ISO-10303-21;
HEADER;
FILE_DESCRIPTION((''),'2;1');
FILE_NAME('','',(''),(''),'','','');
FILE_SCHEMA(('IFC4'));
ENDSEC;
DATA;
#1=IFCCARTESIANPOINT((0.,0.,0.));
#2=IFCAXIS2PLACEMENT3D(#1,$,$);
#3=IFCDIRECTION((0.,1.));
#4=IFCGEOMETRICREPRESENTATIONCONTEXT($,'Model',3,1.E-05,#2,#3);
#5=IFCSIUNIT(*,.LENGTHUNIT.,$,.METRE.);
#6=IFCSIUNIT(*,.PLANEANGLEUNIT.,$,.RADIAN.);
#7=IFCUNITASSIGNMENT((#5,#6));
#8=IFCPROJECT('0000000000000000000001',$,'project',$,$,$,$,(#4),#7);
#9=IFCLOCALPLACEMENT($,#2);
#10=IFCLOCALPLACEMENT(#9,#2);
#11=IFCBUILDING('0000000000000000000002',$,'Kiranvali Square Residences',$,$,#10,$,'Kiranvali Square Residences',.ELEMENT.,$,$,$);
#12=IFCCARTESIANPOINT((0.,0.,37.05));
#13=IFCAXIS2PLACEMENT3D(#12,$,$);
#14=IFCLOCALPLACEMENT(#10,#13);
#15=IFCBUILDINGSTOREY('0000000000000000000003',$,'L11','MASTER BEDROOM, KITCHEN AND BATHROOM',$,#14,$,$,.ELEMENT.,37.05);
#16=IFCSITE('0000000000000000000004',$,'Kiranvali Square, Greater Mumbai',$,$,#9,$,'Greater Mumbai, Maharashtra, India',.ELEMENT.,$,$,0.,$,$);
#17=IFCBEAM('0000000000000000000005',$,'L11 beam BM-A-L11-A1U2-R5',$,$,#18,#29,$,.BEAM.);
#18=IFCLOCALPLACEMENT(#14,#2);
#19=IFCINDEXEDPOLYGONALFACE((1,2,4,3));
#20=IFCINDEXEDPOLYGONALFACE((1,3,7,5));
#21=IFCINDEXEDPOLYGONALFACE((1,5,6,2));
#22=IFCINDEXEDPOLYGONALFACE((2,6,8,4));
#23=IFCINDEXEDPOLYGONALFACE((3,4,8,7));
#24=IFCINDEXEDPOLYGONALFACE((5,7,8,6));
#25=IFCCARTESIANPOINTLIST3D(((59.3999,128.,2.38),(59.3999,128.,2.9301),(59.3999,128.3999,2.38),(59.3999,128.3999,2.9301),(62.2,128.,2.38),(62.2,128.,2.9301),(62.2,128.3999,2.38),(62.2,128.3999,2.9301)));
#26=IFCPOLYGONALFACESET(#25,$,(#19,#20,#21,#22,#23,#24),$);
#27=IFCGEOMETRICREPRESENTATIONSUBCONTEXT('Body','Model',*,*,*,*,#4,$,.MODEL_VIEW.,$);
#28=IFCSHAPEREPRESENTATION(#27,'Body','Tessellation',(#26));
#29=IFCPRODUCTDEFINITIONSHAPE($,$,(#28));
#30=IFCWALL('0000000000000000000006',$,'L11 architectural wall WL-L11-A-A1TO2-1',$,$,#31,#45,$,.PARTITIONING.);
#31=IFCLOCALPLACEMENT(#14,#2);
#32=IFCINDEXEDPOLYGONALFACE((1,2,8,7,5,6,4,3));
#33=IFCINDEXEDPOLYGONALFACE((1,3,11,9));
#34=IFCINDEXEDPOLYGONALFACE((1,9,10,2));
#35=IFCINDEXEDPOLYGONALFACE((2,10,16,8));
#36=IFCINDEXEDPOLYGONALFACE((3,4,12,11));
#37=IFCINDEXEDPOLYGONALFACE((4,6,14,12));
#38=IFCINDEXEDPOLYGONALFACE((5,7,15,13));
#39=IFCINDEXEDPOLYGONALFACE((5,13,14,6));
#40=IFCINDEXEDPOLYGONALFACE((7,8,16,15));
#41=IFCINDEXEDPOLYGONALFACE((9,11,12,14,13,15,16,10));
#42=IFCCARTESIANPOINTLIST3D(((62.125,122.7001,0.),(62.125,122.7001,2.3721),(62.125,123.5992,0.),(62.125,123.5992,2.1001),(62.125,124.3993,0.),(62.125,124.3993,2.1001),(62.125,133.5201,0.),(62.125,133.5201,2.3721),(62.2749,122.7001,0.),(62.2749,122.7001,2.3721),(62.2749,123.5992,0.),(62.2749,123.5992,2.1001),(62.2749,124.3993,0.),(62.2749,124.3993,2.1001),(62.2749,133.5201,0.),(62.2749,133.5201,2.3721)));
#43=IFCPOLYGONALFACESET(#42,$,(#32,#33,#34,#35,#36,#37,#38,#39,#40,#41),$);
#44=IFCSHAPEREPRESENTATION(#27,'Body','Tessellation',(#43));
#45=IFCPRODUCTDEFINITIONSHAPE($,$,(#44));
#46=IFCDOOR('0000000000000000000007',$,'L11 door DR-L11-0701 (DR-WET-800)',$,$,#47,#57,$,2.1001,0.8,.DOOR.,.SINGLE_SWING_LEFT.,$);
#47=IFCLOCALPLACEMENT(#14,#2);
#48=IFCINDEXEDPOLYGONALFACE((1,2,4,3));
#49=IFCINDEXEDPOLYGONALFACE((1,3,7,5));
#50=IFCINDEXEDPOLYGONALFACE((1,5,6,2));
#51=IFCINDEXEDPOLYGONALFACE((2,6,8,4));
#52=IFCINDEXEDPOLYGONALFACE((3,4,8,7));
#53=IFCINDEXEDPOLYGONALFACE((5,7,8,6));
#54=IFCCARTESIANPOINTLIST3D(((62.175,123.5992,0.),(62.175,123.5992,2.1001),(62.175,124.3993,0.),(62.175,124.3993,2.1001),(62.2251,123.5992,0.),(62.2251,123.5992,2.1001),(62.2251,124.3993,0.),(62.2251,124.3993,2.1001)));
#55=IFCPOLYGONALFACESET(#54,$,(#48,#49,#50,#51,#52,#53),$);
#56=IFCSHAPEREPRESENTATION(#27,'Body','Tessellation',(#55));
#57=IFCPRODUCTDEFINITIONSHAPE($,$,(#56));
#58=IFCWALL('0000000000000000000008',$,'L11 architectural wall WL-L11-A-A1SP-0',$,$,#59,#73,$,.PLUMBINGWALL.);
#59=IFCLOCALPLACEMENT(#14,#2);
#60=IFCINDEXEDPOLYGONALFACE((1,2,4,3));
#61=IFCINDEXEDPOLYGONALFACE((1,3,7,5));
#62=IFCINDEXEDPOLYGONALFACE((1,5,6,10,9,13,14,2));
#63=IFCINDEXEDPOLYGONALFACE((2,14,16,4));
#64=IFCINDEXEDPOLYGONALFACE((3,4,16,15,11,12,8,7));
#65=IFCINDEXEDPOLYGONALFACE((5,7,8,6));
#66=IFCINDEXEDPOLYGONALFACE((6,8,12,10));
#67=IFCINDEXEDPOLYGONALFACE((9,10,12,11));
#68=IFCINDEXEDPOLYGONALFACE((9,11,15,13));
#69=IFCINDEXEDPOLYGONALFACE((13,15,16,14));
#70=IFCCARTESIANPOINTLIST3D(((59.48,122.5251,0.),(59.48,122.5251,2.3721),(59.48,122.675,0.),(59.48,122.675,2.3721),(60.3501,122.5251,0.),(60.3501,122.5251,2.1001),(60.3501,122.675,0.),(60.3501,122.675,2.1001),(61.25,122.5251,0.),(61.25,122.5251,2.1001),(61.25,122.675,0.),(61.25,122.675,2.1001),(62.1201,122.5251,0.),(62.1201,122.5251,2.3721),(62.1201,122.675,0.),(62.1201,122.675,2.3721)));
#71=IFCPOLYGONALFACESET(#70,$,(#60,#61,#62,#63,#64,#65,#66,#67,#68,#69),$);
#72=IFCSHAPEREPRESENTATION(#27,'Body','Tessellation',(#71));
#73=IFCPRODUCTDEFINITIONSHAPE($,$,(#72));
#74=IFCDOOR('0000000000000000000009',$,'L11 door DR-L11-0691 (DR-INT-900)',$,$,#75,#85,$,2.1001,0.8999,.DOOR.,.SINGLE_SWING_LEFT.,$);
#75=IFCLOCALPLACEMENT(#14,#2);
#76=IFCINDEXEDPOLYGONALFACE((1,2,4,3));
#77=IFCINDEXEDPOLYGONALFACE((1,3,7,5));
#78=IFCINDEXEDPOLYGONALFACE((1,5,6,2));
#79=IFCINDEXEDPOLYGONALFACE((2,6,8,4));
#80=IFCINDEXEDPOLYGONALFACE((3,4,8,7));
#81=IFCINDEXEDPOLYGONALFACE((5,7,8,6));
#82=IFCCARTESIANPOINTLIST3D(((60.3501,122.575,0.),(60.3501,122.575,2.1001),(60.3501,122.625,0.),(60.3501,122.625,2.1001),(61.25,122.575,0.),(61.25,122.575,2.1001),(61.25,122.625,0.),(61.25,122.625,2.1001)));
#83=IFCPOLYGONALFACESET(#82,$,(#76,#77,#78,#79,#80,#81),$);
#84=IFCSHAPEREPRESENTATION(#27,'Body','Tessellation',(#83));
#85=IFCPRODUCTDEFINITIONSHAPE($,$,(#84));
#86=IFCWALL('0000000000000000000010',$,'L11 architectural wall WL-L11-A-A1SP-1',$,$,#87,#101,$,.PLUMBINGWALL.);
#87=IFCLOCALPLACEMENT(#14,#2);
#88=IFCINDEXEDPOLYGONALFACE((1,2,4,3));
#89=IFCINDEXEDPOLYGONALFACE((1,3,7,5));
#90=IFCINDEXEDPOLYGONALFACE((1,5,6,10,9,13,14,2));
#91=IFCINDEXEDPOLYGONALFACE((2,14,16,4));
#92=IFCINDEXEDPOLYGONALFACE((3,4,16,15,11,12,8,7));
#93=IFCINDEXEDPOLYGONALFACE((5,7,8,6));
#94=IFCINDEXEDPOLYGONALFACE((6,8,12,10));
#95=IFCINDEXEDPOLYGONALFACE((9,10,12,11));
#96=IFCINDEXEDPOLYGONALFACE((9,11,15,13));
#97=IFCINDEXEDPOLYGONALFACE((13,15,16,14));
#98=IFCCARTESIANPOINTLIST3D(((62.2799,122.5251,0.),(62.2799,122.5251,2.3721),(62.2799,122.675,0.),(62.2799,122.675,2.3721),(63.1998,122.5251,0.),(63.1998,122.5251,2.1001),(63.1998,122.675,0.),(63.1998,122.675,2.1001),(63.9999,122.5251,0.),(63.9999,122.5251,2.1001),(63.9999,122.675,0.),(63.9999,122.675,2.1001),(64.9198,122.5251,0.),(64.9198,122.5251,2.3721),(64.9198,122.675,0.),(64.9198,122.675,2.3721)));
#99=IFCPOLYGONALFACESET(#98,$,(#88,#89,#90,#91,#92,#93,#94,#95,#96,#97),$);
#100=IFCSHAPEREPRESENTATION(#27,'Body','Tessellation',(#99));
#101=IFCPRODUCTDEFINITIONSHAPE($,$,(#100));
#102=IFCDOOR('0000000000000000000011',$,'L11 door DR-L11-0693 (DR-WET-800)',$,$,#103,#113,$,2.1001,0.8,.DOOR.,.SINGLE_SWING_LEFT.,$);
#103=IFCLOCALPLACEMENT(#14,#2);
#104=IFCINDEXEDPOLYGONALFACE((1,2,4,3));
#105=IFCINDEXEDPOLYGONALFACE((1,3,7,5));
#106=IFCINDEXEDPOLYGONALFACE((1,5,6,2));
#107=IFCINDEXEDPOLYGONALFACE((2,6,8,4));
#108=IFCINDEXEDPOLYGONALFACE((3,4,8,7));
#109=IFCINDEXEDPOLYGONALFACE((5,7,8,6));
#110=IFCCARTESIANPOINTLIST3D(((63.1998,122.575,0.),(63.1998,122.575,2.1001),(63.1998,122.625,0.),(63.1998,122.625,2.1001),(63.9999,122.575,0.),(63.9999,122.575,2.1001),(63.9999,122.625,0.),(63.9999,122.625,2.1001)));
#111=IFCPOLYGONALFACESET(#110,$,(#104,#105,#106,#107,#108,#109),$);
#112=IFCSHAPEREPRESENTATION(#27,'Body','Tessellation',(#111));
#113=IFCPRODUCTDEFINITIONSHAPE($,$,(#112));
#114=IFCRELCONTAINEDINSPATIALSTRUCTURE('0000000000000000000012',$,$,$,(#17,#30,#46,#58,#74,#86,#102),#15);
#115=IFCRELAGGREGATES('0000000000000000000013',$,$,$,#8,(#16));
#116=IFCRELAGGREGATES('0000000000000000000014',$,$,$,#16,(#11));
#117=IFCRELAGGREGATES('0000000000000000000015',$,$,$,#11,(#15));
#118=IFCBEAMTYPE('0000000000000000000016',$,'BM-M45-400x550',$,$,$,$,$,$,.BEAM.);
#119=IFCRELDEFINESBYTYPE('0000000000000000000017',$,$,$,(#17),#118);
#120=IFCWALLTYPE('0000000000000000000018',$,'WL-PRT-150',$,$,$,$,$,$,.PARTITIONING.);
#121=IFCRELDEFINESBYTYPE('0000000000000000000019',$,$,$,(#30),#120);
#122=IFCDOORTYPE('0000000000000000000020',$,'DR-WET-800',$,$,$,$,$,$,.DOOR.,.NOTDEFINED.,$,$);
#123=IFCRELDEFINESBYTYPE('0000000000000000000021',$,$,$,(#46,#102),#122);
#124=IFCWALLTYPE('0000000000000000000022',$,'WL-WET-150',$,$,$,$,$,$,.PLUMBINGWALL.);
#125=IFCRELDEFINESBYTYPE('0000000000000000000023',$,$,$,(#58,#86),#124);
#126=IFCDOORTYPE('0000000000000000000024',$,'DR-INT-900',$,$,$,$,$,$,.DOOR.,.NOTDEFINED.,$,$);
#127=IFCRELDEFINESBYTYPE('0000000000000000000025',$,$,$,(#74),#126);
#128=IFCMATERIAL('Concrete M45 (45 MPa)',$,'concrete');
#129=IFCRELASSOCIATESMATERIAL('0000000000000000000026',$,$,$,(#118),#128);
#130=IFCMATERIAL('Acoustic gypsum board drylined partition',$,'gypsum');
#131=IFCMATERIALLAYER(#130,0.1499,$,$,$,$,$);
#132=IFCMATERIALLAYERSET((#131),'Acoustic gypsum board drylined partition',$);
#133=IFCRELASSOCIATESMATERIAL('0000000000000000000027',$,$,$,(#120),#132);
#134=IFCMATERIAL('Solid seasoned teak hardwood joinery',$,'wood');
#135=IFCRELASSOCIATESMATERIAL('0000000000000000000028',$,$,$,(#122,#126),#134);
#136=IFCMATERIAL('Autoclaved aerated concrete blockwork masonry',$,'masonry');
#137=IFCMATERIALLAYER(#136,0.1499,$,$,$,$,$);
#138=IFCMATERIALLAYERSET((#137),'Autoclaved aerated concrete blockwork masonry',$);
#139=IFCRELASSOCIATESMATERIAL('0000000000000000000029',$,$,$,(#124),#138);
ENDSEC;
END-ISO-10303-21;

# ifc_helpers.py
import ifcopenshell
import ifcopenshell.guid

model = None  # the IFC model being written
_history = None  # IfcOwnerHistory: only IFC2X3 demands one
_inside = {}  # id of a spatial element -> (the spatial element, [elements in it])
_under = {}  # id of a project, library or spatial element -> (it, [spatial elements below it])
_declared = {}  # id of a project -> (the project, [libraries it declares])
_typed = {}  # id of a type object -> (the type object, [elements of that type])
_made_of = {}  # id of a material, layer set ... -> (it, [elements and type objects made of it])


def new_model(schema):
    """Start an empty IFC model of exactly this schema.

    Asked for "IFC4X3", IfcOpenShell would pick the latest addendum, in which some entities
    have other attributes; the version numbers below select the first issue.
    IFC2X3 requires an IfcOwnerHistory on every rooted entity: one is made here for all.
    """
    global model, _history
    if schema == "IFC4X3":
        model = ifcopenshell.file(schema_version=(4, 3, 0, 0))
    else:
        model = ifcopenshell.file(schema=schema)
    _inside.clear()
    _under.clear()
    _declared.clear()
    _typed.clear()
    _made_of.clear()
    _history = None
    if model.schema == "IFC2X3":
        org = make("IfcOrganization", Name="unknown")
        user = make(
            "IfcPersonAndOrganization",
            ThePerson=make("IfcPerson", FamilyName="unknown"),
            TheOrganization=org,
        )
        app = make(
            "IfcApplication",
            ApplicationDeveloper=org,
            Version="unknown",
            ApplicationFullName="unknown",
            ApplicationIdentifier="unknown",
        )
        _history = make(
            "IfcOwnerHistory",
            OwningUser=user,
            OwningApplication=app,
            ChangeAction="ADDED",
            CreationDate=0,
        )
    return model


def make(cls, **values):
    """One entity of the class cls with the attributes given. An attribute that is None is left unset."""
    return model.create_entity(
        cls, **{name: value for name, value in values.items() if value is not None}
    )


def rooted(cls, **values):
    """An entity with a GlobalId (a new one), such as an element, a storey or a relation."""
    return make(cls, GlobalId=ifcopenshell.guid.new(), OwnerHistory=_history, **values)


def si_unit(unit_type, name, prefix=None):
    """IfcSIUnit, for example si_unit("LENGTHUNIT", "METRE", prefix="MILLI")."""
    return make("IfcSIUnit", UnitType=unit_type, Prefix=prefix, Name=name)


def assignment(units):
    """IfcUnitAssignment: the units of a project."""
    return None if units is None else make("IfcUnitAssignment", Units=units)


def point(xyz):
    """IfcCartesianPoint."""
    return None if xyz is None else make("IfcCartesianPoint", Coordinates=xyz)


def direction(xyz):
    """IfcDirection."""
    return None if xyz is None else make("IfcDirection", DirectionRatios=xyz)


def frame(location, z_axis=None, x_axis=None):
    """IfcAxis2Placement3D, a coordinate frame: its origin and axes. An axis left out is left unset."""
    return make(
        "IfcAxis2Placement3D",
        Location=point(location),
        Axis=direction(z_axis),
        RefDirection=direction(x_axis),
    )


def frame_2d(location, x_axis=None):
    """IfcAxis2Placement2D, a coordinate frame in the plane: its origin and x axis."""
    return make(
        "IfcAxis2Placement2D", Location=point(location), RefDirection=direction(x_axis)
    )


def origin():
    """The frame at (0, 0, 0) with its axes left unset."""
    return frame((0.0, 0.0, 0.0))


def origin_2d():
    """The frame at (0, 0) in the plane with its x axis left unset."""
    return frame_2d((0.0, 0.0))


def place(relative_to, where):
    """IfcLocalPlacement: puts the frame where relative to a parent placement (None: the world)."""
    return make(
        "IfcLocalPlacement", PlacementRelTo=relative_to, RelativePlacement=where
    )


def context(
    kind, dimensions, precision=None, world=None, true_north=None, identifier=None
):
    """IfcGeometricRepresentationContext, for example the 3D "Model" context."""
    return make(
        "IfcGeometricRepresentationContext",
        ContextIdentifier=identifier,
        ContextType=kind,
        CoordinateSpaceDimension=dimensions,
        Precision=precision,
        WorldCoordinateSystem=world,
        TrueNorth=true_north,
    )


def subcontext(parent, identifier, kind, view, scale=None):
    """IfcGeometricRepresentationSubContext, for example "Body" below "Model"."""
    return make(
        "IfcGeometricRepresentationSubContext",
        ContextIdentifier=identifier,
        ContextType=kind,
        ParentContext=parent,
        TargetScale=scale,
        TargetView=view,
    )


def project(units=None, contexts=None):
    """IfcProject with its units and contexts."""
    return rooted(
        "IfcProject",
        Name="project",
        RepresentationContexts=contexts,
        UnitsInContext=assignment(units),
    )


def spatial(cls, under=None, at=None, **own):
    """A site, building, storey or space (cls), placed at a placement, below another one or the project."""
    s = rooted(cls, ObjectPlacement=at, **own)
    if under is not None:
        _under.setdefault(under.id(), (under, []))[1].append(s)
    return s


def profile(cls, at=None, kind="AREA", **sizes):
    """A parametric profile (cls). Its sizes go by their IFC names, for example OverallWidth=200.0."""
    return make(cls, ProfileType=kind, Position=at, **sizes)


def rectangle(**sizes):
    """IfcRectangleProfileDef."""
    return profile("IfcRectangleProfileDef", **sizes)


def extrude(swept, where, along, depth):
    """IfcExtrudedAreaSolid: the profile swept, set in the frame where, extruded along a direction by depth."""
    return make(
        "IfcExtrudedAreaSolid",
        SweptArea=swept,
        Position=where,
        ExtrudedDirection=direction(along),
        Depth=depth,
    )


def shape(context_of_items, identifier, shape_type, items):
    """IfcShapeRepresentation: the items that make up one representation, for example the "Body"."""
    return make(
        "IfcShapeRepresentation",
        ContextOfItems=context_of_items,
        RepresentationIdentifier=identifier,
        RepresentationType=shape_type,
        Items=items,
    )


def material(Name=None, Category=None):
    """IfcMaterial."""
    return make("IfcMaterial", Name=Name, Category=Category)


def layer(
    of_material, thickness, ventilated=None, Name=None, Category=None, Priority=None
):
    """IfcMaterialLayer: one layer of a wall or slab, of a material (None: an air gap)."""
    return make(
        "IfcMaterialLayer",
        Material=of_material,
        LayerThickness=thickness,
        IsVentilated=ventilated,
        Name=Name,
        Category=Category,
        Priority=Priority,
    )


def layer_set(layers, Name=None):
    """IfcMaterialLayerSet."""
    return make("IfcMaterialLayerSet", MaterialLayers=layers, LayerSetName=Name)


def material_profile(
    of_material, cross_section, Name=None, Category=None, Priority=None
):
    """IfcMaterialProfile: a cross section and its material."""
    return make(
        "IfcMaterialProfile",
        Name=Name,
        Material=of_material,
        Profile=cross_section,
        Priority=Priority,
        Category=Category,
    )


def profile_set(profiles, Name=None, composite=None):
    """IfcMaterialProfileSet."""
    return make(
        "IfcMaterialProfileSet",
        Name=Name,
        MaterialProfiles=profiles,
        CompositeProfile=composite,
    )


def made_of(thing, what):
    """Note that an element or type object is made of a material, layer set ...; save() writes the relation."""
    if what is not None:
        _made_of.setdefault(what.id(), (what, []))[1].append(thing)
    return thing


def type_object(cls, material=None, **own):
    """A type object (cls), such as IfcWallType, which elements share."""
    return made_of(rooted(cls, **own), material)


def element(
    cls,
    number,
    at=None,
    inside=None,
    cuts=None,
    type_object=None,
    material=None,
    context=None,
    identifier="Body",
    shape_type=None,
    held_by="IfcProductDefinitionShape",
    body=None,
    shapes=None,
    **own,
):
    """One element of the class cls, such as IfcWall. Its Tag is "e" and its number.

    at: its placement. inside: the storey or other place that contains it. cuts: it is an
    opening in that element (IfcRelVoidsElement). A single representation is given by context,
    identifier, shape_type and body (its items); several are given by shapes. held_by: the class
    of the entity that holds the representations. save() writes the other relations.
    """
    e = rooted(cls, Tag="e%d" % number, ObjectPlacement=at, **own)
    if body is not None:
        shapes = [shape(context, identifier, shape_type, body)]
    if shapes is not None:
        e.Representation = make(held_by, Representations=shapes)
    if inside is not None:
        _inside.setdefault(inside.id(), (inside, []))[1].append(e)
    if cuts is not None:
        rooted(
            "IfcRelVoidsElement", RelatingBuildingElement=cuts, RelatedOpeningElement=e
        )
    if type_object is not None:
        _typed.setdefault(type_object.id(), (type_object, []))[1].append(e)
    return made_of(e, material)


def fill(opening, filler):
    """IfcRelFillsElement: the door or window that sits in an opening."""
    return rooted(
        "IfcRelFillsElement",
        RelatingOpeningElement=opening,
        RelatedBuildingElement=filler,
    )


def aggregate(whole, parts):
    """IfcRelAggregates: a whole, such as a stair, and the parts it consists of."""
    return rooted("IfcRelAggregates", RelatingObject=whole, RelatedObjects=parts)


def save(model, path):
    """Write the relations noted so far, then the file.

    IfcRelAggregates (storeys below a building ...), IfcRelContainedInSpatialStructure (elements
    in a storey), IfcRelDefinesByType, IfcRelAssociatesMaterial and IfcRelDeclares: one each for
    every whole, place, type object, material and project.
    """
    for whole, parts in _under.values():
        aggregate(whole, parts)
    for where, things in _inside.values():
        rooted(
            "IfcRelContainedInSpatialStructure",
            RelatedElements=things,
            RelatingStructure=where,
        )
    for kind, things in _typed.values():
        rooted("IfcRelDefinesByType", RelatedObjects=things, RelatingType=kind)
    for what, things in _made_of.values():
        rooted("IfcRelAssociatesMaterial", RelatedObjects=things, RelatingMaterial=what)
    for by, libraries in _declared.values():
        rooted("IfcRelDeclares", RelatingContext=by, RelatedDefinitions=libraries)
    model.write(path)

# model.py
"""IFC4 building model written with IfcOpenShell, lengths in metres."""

from ifc_helpers import new_model, si_unit, direction, frame, frame_2d, origin, origin_2d, place, context, subcontext, project, spatial, rectangle, extrude, material, layer, layer_set, material_profile, profile_set, type_object, element, fill, save


model = new_model("IFC4")

# Units and contexts
model_context = context("Model", 3, precision=1e-05, world=origin(), true_north=direction((0.0, 1.0)))
body_context = subcontext(model_context, "Body", "Model", "MODEL_VIEW")
ifc_project = project(units=[si_unit("LENGTHUNIT", "METRE"), si_unit("PLANEANGLEUNIT", "RADIAN")], contexts=[model_context])

# Site, building, storey
site_placement = place(None, origin())
site = spatial("IfcSite", under=ifc_project, at=site_placement, Name="Kiranvali Square, Greater Mumbai", LongName="Greater Mumbai, Maharashtra, India", CompositionType="ELEMENT", RefElevation=0.0)
building_placement = place(site_placement, origin())
building = spatial("IfcBuilding", under=site, at=building_placement, Name="Kiranvali Square Residences", LongName="Kiranvali Square Residences", CompositionType="ELEMENT")
storey_placement = place(building_placement, frame((0.0, 0.0, 37.05)))
storey = spatial("IfcBuildingStorey", under=building, at=storey_placement, Name="L11", Description="MASTER BEDROOM, KITCHEN AND BATHROOM", CompositionType="ELEMENT", Elevation=37.05)

# Beam
ifc_material_1 = material(Name="Concrete M45 (45 MPa)", Category="concrete")
ifc_material_profile_1 = material_profile(ifc_material_1, rectangle(XDim=0.3999, YDim=0.55, at=origin_2d()), Name="RC 400x550")
ifc_profile_set_1 = profile_set([ifc_material_profile_1], Name="Concrete M45 (45 MPa)")
beam_type_1 = type_object("IfcBeamType", Name="BM-M45-400x550", PredefinedType="BEAM", material=ifc_profile_set_1)
for number, where, z_axis, x_axis, name in (
    (1, (59.3999, 128.2, 2.655), (1.0, 0.0, 0.0), (0.0, 1.0, 0.0), "L11 beam BM-A-L11-A1U2-R5"),
):
    element("IfcBeam", number, at=place(storey_placement, frame(where, z_axis=z_axis, x_axis=x_axis)), inside=storey, type_object=beam_type_1, Name=name, PredefinedType="BEAM", context=body_context, shape_type="SweptSolid", body=[
        extrude(rectangle(XDim=0.3999, YDim=0.55, at=origin_2d()), origin(), (0.0, 0.0, 1.0), 2.8),
    ])

# Walls, openings, doors
ifc_material_2 = material(Name="Acoustic gypsum board drylined partition", Category="gypsum")
ifc_layer_1 = layer(ifc_material_2, 0.1499)
ifc_layer_set_1 = layer_set([ifc_layer_1], Name="Acoustic gypsum board drylined partition")
wall_type_1 = type_object("IfcWallType", Name="WL-PRT-150", PredefinedType="PARTITIONING", material=ifc_layer_set_1)
wall_1_placement = place(storey_placement, frame((62.2, 122.7, 0.0), z_axis=(0.0, 0.0, 1.0), x_axis=(0.0, 1.0, 0.0)))
wall_1 = element("IfcWall", 2, at=wall_1_placement, inside=storey, type_object=wall_type_1, Name="L11 architectural wall WL-L11-A-A1TO2-1", PredefinedType="PARTITIONING", context=body_context, shape_type="SweptSolid", body=[
    extrude(rectangle(XDim=10.8201, YDim=0.1499, at=frame_2d((5.4102, 0.0))), origin(), (0.0, 0.0, 1.0), 2.3721),
])
opening_1_placement = place(wall_1_placement, frame((0.8994, 0.0, 0.0)))
opening_1 = element("IfcOpeningElement", 3, at=opening_1_placement, cuts=wall_1, PredefinedType="OPENING", context=body_context, shape_type="SweptSolid", body=[
    extrude(rectangle(XDim=0.8, YDim=2.1001, at=frame_2d((0.3999, 1.05))), frame((0.0, 0.085, 0.0), z_axis=(0.0, -1.0, 0.0), x_axis=(1.0, 0.0, 0.0)), (0.0, 0.0, 1.0), 0.1699),
])
ifc_material_3 = material(Name="Solid seasoned teak hardwood joinery", Category="wood")
door_type_1 = type_object("IfcDoorType", Name="DR-WET-800", OperationType="NOTDEFINED", PredefinedType="DOOR", material=ifc_material_3)
door_1_placement = place(opening_1_placement, origin())
door_1 = element("IfcDoor", 4, at=door_1_placement, inside=storey, type_object=door_type_1, Name="L11 door DR-L11-0701 (DR-WET-800)", OperationType="SINGLE_SWING_LEFT", OverallHeight=2.1001, OverallWidth=0.8, PredefinedType="DOOR", context=body_context, shape_type="SweptSolid", body=[
    extrude(rectangle(XDim=0.8, YDim=2.1001, at=frame_2d((0.3999, 1.05))), frame((0.0, 0.0249, 0.0), z_axis=(0.0, -1.0, 0.0), x_axis=(1.0, 0.0, 0.0)), (0.0, 0.0, 1.0), 0.05),
])
fill(opening_1, door_1)
ifc_material_4 = material(Name="Autoclaved aerated concrete blockwork masonry", Category="masonry")
ifc_layer_2 = layer(ifc_material_4, 0.1499)
ifc_layer_set_2 = layer_set([ifc_layer_2], Name="Autoclaved aerated concrete blockwork masonry")
wall_type_2 = type_object("IfcWallType", Name="WL-WET-150", PredefinedType="PLUMBINGWALL", material=ifc_layer_set_2)
wall_2_placement = place(storey_placement, frame((59.48, 122.6001, 0.0), z_axis=(0.0, 0.0, 1.0), x_axis=(1.0, 0.0, 0.0)))
wall_2 = element("IfcWall", 5, at=wall_2_placement, inside=storey, type_object=wall_type_2, Name="L11 architectural wall WL-L11-A-A1SP-0", PredefinedType="PLUMBINGWALL", context=body_context, shape_type="SweptSolid", body=[
    extrude(rectangle(XDim=2.6401, YDim=0.1499, at=frame_2d((1.3201, 0.0))), origin(), (0.0, 0.0, 1.0), 2.3721),
])
opening_2_placement = place(wall_2_placement, frame((0.8701, 0.0, 0.0)))
opening_2 = element("IfcOpeningElement", 6, at=opening_2_placement, cuts=wall_2, PredefinedType="OPENING", context=body_context, shape_type="SweptSolid", body=[
    extrude(rectangle(XDim=0.8999, YDim=2.1001, at=frame_2d((0.45, 1.05))), frame((0.0, 0.085, 0.0), z_axis=(0.0, -1.0, 0.0), x_axis=(1.0, 0.0, 0.0)), (0.0, 0.0, 1.0), 0.1699),
])
door_type_2 = type_object("IfcDoorType", Name="DR-INT-900", OperationType="NOTDEFINED", PredefinedType="DOOR", material=ifc_material_3)
door_2_placement = place(opening_2_placement, origin())
door_2 = element("IfcDoor", 7, at=door_2_placement, inside=storey, type_object=door_type_2, Name="L11 door DR-L11-0691 (DR-INT-900)", OperationType="SINGLE_SWING_LEFT", OverallHeight=2.1001, OverallWidth=0.8999, PredefinedType="DOOR", context=body_context, shape_type="SweptSolid", body=[
    extrude(rectangle(XDim=0.8999, YDim=2.1001, at=frame_2d((0.45, 1.05))), frame((0.0, 0.0249, 0.0), z_axis=(0.0, -1.0, 0.0), x_axis=(1.0, 0.0, 0.0)), (0.0, 0.0, 1.0), 0.05),
])
fill(opening_2, door_2)
wall_3_placement = place(storey_placement, frame((62.28, 122.6001, 0.0), z_axis=(0.0, 0.0, 1.0), x_axis=(1.0, 0.0, 0.0)))
wall_3 = element("IfcWall", 8, at=wall_3_placement, inside=storey, type_object=wall_type_2, Name="L11 architectural wall WL-L11-A-A1SP-1", PredefinedType="PLUMBINGWALL", context=body_context, shape_type="SweptSolid", body=[
    extrude(rectangle(XDim=2.6399, YDim=0.1499, at=frame_2d((1.3198, 0.0))), origin(), (0.0, 0.0, 1.0), 2.3721),
])
opening_3_placement = place(wall_3_placement, frame((0.9199, 0.0, 0.0)))
opening_3 = element("IfcOpeningElement", 9, at=opening_3_placement, cuts=wall_3, PredefinedType="OPENING", context=body_context, shape_type="SweptSolid", body=[
    extrude(rectangle(XDim=0.8, YDim=2.1001, at=frame_2d((0.3999, 1.05))), frame((0.0, 0.085, 0.0), z_axis=(0.0, -1.0, 0.0), x_axis=(1.0, 0.0, 0.0)), (0.0, 0.0, 1.0), 0.1699),
])
door_3_placement = place(opening_3_placement, origin())
door_3 = element("IfcDoor", 10, at=door_3_placement, inside=storey, type_object=door_type_1, Name="L11 door DR-L11-0693 (DR-WET-800)", OperationType="SINGLE_SWING_LEFT", OverallHeight=2.1001, OverallWidth=0.8, PredefinedType="DOOR", context=body_context, shape_type="SweptSolid", body=[
    extrude(rectangle(XDim=0.8, YDim=2.1001, at=frame_2d((0.3999, 1.05))), frame((0.0, 0.0249, 0.0), z_axis=(0.0, -1.0, 0.0), x_axis=(1.0, 0.0, 0.0)), (0.0, 0.0, 1.0), 0.05),
])
fill(opening_3, door_3)

save(model, "model.ifc")
